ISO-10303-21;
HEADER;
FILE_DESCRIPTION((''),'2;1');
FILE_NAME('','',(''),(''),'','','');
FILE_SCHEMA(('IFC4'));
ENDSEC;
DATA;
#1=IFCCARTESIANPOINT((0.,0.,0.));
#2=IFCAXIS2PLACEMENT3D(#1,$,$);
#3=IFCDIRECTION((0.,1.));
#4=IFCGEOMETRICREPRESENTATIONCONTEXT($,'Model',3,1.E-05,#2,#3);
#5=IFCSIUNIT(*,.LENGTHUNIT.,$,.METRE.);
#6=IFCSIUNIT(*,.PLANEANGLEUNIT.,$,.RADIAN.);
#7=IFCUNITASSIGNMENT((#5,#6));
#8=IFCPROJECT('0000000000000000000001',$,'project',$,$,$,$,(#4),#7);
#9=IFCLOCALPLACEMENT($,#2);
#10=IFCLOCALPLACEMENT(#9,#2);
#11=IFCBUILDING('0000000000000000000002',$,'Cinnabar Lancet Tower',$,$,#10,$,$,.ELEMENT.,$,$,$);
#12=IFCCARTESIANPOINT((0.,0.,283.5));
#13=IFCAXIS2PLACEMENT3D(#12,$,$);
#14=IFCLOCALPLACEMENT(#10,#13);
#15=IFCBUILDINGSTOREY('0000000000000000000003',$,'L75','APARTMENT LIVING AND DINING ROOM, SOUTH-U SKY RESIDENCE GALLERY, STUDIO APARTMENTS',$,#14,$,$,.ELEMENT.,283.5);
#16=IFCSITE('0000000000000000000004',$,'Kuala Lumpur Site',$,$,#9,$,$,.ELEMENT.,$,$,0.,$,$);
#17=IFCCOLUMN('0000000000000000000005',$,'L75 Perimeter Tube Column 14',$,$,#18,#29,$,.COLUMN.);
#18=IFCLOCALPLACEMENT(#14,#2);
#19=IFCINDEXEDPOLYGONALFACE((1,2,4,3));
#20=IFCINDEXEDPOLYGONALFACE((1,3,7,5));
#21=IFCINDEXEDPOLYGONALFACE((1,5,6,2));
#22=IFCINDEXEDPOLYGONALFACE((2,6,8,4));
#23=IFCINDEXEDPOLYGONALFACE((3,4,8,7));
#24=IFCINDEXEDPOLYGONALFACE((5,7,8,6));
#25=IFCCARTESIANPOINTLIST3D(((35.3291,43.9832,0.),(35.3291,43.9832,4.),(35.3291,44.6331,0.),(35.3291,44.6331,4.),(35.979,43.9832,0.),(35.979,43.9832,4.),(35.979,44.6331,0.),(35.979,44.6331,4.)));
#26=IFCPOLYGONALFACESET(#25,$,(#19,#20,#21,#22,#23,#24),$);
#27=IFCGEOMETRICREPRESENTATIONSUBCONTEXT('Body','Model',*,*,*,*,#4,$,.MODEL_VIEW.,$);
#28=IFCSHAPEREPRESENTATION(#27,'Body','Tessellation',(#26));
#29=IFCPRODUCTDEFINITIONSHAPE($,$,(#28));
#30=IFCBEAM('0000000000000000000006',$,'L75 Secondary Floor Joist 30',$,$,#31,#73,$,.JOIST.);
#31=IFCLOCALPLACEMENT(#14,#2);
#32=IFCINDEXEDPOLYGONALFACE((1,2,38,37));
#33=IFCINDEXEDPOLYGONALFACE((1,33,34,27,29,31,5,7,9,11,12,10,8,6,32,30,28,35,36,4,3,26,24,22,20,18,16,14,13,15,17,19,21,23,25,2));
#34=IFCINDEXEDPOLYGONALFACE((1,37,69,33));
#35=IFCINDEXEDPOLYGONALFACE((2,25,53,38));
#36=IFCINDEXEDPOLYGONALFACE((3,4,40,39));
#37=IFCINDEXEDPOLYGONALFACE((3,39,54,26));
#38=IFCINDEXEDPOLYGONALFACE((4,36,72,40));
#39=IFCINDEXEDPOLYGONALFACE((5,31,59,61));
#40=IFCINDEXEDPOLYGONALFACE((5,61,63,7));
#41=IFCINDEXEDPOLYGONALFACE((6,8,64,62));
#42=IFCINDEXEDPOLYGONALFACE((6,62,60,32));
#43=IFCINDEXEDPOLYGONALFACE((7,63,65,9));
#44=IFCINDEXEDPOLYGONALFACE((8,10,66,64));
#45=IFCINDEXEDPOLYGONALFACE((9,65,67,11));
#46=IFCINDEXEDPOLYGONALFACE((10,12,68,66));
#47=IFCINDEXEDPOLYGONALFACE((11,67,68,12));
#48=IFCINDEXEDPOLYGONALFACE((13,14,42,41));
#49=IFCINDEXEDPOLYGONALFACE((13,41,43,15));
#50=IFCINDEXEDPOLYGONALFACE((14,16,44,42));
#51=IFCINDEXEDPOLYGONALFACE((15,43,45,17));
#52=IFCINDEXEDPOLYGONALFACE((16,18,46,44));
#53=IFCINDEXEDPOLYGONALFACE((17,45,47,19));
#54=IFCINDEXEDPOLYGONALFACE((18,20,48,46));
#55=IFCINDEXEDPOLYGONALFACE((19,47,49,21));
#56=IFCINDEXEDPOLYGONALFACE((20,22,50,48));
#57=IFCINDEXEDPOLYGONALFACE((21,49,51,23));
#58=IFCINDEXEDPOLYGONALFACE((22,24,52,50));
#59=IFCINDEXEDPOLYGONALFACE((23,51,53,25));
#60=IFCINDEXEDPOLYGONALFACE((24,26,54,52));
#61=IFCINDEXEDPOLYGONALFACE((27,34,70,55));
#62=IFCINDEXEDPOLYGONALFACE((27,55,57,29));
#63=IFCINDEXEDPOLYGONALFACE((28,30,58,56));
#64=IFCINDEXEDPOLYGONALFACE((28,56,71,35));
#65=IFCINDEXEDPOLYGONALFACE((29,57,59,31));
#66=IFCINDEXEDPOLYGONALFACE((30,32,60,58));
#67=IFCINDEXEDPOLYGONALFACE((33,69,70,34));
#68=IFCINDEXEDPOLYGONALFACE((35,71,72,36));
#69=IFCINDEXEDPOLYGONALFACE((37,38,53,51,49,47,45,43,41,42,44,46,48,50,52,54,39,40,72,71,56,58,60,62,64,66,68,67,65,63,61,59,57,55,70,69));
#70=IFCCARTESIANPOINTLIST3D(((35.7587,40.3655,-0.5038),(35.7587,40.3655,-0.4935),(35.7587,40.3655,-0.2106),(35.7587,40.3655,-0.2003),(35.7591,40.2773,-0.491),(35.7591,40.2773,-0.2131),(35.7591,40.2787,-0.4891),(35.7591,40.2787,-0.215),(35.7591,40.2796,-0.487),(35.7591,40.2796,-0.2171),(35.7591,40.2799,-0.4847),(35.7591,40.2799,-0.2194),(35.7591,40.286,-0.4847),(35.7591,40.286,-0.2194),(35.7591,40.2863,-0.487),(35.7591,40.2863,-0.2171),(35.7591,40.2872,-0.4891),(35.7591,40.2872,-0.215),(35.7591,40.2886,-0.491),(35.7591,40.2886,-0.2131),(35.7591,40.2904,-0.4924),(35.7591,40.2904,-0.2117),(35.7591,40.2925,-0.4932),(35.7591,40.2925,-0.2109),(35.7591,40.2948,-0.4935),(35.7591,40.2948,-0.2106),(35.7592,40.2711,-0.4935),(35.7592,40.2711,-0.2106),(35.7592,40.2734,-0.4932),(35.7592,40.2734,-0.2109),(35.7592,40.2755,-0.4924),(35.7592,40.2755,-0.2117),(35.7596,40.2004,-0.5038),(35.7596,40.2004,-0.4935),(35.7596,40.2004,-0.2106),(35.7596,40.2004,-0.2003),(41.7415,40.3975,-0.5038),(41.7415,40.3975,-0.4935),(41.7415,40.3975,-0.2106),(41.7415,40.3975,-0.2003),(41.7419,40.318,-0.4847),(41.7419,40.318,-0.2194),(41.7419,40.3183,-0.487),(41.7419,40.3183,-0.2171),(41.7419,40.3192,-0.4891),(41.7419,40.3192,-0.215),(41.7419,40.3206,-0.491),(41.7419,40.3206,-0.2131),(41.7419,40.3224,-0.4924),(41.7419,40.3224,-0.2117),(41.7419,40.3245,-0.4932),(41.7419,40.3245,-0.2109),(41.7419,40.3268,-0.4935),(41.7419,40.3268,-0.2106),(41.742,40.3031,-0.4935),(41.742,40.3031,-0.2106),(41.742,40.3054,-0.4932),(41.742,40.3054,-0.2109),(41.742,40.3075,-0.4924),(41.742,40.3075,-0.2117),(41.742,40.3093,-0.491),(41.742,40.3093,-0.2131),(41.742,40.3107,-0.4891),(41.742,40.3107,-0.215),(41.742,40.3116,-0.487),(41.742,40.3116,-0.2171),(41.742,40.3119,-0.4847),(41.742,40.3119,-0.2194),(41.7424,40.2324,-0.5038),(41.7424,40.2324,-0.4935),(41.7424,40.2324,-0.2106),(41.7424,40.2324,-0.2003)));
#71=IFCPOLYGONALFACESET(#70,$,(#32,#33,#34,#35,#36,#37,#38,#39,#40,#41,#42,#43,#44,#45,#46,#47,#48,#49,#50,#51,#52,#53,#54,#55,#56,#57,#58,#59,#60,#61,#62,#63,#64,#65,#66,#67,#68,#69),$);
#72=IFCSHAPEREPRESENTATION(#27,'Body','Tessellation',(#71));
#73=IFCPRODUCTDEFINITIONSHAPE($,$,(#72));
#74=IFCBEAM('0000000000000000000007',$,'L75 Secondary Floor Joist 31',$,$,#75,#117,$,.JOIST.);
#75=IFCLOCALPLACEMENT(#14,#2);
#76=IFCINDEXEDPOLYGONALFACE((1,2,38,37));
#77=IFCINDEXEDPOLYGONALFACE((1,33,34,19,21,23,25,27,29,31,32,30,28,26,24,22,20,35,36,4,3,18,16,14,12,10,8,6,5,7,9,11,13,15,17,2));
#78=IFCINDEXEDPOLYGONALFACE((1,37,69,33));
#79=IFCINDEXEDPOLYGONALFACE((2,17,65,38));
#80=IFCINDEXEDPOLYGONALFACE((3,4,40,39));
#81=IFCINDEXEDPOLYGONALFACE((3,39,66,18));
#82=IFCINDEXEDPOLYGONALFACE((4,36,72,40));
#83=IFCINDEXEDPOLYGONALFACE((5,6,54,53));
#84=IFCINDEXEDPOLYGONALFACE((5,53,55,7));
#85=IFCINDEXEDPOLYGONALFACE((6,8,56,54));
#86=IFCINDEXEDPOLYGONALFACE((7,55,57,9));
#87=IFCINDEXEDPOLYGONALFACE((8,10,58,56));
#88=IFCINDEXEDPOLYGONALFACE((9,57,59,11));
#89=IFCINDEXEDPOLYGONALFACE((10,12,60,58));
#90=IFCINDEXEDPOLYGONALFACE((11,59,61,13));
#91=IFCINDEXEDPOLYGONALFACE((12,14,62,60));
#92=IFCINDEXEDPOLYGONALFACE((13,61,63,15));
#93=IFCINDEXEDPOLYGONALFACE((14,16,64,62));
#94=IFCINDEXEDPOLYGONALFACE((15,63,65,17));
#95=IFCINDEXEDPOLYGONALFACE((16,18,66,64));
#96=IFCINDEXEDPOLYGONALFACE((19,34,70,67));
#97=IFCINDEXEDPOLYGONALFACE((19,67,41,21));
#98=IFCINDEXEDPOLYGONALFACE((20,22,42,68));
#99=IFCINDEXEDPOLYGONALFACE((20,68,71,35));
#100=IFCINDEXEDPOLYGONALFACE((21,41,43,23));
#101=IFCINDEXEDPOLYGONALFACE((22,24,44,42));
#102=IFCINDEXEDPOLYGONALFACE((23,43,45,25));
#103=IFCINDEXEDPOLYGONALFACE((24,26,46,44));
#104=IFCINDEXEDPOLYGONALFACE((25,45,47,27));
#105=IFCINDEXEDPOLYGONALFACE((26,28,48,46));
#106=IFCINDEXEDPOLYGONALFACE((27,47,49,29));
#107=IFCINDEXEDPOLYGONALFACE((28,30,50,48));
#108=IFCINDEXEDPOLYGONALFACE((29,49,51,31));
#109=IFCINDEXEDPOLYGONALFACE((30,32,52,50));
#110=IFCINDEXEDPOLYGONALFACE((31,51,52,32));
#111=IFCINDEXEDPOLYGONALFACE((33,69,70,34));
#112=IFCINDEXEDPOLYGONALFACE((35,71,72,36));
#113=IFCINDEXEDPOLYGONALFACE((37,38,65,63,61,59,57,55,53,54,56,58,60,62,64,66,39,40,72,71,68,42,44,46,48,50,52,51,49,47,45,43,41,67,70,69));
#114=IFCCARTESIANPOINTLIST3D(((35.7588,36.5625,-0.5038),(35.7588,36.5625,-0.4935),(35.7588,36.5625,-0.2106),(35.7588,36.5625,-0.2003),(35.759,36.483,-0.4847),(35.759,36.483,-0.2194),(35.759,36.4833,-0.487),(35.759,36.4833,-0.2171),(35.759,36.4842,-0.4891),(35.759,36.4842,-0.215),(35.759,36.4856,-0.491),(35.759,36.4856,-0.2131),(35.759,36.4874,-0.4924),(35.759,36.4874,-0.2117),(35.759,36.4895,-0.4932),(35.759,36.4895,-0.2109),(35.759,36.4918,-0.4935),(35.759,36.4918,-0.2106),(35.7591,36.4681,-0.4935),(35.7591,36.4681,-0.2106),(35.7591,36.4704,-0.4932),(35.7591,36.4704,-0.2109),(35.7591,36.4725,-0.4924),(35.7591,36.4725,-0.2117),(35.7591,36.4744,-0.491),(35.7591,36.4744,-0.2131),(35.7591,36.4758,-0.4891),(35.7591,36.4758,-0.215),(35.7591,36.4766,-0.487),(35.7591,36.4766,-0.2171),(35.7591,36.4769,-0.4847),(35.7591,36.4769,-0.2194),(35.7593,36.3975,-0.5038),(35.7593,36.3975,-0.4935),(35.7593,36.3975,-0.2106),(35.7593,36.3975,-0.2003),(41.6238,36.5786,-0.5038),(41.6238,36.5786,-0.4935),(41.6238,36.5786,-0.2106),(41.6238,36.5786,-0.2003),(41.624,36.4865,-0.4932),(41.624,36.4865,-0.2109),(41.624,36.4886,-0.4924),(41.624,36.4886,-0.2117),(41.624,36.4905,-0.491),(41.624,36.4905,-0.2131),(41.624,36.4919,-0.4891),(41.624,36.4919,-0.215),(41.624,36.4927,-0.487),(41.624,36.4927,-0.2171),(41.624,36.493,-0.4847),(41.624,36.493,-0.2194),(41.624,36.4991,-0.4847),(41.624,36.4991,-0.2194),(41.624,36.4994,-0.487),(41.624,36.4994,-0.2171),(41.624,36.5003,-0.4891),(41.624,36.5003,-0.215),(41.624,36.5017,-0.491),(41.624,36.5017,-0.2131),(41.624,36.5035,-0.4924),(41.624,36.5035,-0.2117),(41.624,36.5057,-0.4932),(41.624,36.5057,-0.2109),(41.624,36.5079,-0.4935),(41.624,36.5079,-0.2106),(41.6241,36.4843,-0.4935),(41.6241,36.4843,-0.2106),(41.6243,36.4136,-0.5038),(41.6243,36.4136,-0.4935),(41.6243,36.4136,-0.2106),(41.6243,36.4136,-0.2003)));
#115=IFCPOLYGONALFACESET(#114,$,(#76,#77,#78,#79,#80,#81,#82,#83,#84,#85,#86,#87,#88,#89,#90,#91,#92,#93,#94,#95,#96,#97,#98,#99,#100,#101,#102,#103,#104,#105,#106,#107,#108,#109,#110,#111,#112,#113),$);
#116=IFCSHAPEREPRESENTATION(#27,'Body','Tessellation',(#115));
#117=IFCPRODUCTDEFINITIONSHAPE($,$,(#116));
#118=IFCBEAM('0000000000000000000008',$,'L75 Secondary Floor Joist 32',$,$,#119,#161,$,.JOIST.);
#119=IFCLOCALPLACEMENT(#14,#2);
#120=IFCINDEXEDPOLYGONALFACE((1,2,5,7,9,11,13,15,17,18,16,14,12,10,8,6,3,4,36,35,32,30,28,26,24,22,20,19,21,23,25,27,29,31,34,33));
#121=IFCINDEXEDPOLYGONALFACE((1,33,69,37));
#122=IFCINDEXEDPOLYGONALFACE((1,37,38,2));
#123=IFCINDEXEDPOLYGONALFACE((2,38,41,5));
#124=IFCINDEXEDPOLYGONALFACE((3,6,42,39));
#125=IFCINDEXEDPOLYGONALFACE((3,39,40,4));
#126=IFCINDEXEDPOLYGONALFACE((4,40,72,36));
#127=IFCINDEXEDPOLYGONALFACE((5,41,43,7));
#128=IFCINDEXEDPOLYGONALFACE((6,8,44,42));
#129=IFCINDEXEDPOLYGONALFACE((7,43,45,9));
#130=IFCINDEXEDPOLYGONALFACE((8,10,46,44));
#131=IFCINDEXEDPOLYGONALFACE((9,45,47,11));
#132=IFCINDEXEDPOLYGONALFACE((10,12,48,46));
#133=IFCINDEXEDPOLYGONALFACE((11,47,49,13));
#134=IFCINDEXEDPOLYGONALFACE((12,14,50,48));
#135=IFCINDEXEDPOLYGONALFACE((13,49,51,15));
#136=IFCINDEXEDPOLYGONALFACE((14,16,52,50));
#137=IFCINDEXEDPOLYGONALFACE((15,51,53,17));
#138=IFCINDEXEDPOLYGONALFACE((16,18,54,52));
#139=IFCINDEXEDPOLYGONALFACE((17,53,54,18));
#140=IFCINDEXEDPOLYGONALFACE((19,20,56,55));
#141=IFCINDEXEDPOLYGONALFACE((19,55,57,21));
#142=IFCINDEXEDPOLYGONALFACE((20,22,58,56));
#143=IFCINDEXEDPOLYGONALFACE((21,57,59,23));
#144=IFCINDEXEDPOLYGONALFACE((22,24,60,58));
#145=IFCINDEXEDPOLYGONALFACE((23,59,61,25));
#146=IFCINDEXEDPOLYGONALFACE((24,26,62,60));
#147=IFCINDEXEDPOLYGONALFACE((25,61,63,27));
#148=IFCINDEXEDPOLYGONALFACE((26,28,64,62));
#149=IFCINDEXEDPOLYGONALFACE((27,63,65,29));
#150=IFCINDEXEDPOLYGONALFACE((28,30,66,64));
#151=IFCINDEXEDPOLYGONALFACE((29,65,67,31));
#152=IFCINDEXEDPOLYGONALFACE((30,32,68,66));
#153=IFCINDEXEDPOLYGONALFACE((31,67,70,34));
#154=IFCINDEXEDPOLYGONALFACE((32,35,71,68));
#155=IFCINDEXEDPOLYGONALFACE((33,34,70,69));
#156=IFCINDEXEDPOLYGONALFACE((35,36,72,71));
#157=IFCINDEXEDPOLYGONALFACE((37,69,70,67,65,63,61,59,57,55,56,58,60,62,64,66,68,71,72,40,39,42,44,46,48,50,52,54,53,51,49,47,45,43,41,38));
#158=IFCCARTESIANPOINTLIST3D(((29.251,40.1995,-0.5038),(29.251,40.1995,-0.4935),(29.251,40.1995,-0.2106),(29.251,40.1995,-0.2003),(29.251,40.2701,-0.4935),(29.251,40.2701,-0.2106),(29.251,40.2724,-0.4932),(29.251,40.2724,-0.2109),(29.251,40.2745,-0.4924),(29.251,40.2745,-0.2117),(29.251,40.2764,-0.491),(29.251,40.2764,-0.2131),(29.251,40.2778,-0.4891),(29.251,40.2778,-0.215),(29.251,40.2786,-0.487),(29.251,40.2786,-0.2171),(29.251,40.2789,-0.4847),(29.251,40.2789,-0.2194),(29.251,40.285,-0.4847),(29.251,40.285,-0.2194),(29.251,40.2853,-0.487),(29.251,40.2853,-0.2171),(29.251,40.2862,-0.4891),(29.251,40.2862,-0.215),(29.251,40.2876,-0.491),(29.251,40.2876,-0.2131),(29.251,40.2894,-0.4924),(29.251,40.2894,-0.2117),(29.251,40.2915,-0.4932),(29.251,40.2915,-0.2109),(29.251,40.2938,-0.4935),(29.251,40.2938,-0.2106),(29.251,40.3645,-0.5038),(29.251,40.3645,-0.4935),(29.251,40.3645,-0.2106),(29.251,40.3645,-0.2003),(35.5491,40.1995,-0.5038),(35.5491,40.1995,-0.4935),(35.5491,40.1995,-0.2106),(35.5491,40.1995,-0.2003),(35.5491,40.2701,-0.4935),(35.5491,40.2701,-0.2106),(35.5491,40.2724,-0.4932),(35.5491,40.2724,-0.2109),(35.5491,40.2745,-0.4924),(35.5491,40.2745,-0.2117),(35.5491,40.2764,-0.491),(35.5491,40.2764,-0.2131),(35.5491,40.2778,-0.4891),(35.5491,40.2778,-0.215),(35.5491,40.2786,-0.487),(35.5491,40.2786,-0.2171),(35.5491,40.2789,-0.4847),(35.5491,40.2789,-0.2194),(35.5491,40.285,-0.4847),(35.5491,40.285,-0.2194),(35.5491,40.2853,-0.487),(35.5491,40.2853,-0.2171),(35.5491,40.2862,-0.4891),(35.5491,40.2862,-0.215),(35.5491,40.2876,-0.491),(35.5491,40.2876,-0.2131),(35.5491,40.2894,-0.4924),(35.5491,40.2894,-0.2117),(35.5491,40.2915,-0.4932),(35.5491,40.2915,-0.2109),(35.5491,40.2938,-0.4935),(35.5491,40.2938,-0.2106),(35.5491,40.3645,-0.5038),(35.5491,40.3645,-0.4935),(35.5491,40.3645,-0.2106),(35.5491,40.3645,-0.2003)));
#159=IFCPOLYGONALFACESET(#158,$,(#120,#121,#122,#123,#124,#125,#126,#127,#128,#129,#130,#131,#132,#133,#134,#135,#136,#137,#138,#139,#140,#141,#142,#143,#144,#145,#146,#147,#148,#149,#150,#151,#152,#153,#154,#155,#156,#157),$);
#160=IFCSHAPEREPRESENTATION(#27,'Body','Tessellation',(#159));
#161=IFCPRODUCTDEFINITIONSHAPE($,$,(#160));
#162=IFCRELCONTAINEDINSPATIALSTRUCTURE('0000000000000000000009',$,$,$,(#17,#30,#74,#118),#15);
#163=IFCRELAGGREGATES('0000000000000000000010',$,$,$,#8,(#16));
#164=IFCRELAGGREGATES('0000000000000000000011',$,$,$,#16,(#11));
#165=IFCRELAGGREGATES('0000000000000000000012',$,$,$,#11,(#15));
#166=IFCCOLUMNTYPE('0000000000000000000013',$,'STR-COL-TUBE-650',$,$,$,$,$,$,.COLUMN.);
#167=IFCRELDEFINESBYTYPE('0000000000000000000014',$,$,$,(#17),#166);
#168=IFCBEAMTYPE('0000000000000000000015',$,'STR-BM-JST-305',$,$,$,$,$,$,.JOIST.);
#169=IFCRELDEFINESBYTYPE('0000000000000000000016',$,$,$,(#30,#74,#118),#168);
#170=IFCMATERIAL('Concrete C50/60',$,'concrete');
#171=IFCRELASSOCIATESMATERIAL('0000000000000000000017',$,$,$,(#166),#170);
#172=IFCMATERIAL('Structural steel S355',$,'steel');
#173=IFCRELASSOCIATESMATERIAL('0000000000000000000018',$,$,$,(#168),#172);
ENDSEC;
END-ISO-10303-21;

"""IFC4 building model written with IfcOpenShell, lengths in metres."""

from ifc_helpers import new_model, si_unit, direction, frame, origin, origin_2d, place, context, subcontext, project, spatial, rectangle, i_section, extrude, material, material_profile, profile_set, type_object, element, save


model = new_model("IFC4")

# Units and contexts
model_context = context("Model", 3, precision=1e-05, world=origin(), true_north=direction((0.0, 1.0)))
body_context = subcontext(model_context, "Body", "Model", "MODEL_VIEW")
ifc_project = project(units=[si_unit("LENGTHUNIT", "METRE"), si_unit("PLANEANGLEUNIT", "RADIAN")], contexts=[model_context])

# Site, building, storey
site_placement = place(None, origin())
site = spatial("IfcSite", under=ifc_project, at=site_placement, Name="Kuala Lumpur Site", CompositionType="ELEMENT", RefElevation=0.0)
building_placement = place(site_placement, origin())
building = spatial("IfcBuilding", under=site, at=building_placement, Name="Cinnabar Lancet Tower", CompositionType="ELEMENT")
storey_placement = place(building_placement, frame((0.0, 0.0, 283.5)))
storey = spatial("IfcBuildingStorey", under=building, at=storey_placement, Name="L75", Description="APARTMENT LIVING AND DINING ROOM, SOUTH-U SKY RESIDENCE GALLERY, STUDIO APARTMENTS", CompositionType="ELEMENT", Elevation=283.5)

# Column
ifc_material_1 = material(Name="Concrete C50/60", Category="concrete")
ifc_material_profile_1 = material_profile(ifc_material_1, rectangle(XDim=0.6499, YDim=0.6499, at=origin_2d()), Name="RC-COL 650x650")
ifc_profile_set_1 = profile_set([ifc_material_profile_1], Name="Concrete C50/60")
column_type = type_object("IfcColumnType", Name="STR-COL-TUBE-650", PredefinedType="COLUMN", material=ifc_profile_set_1)
column_placement = place(storey_placement, frame((35.6541, 44.3081, 0.0), z_axis=(0.0, 0.0, 1.0), x_axis=(1.0, 0.0, 0.0)))
element("IfcColumn", 1, at=column_placement, inside=storey, type_object=column_type, Name="L75 Perimeter Tube Column 14", PredefinedType="COLUMN", context=body_context, shape_type="SweptSolid", body=[
    extrude(rectangle(XDim=0.6499, YDim=0.6499, at=origin_2d()), origin(), (0.0, 0.0, 1.0), 4.0),
])

# Beams
ifc_material_2 = material(Name="Structural steel S355", Category="steel")
ifc_material_profile_2 = material_profile(ifc_material_2, i_section(OverallWidth=0.165, OverallDepth=0.3035, WebThickness=0.0061, FlangeThickness=0.0103, FilletRadius=0.0088, at=origin_2d()), Name="UKB 305x165x40")
ifc_profile_set_2 = profile_set([ifc_material_profile_2], Name="Structural steel S355")
beam_type_1 = type_object("IfcBeamType", Name="STR-BM-JST-305", PredefinedType="JOIST", material=ifc_profile_set_2)
beam_1_placement = place(storey_placement, frame((41.7419, 40.3149, -0.3521), z_axis=(-0.999986, -0.005346, 0.0), x_axis=(0.005346, -0.999986, 0.0)))
element("IfcBeam", 2, at=beam_1_placement, inside=storey, type_object=beam_type_1, Name="L75 Secondary Floor Joist 30", PredefinedType="JOIST", context=body_context, shape_type="SweptSolid", body=[
    extrude(i_section(OverallWidth=0.165, OverallDepth=0.3035, WebThickness=0.0061, FlangeThickness=0.0103, FilletRadius=0.0088, at=origin_2d()), origin(), (0.0, 0.0, 1.0), 5.9829),
])
beam_2_placement = place(storey_placement, frame((41.624, 36.4961, -0.3521), z_axis=(-0.999996, -0.002747, 0.0), x_axis=(0.002747, -0.999996, 0.0)))
element("IfcBeam", 3, at=beam_2_placement, inside=storey, type_object=beam_type_1, Name="L75 Secondary Floor Joist 31", PredefinedType="JOIST", context=body_context, shape_type="SweptSolid", body=[
    extrude(i_section(OverallWidth=0.165, OverallDepth=0.3035, WebThickness=0.0061, FlangeThickness=0.0103, FilletRadius=0.0088, at=origin_2d()), origin(), (0.0, 0.0, 1.0), 5.865),
])
for number, where, z_axis, x_axis, name in (
    (4, (35.5491, 40.282, -0.3521), (-1.0, 0.0, 0.0), (0.0, -1.0, 0.0), "L75 Secondary Floor Joist 32"),
):
    element("IfcBeam", number, at=place(storey_placement, frame(where, z_axis=z_axis, x_axis=x_axis)), inside=storey, type_object=beam_type_1, Name=name, PredefinedType="JOIST", context=body_context, shape_type="SweptSolid", body=[
        extrude(i_section(OverallWidth=0.165, OverallDepth=0.3035, WebThickness=0.0061, FlangeThickness=0.0103, FilletRadius=0.0088, at=origin_2d()), origin(), (0.0, 0.0, 1.0), 6.2981),
    ])

save(model, "model.ifc")
